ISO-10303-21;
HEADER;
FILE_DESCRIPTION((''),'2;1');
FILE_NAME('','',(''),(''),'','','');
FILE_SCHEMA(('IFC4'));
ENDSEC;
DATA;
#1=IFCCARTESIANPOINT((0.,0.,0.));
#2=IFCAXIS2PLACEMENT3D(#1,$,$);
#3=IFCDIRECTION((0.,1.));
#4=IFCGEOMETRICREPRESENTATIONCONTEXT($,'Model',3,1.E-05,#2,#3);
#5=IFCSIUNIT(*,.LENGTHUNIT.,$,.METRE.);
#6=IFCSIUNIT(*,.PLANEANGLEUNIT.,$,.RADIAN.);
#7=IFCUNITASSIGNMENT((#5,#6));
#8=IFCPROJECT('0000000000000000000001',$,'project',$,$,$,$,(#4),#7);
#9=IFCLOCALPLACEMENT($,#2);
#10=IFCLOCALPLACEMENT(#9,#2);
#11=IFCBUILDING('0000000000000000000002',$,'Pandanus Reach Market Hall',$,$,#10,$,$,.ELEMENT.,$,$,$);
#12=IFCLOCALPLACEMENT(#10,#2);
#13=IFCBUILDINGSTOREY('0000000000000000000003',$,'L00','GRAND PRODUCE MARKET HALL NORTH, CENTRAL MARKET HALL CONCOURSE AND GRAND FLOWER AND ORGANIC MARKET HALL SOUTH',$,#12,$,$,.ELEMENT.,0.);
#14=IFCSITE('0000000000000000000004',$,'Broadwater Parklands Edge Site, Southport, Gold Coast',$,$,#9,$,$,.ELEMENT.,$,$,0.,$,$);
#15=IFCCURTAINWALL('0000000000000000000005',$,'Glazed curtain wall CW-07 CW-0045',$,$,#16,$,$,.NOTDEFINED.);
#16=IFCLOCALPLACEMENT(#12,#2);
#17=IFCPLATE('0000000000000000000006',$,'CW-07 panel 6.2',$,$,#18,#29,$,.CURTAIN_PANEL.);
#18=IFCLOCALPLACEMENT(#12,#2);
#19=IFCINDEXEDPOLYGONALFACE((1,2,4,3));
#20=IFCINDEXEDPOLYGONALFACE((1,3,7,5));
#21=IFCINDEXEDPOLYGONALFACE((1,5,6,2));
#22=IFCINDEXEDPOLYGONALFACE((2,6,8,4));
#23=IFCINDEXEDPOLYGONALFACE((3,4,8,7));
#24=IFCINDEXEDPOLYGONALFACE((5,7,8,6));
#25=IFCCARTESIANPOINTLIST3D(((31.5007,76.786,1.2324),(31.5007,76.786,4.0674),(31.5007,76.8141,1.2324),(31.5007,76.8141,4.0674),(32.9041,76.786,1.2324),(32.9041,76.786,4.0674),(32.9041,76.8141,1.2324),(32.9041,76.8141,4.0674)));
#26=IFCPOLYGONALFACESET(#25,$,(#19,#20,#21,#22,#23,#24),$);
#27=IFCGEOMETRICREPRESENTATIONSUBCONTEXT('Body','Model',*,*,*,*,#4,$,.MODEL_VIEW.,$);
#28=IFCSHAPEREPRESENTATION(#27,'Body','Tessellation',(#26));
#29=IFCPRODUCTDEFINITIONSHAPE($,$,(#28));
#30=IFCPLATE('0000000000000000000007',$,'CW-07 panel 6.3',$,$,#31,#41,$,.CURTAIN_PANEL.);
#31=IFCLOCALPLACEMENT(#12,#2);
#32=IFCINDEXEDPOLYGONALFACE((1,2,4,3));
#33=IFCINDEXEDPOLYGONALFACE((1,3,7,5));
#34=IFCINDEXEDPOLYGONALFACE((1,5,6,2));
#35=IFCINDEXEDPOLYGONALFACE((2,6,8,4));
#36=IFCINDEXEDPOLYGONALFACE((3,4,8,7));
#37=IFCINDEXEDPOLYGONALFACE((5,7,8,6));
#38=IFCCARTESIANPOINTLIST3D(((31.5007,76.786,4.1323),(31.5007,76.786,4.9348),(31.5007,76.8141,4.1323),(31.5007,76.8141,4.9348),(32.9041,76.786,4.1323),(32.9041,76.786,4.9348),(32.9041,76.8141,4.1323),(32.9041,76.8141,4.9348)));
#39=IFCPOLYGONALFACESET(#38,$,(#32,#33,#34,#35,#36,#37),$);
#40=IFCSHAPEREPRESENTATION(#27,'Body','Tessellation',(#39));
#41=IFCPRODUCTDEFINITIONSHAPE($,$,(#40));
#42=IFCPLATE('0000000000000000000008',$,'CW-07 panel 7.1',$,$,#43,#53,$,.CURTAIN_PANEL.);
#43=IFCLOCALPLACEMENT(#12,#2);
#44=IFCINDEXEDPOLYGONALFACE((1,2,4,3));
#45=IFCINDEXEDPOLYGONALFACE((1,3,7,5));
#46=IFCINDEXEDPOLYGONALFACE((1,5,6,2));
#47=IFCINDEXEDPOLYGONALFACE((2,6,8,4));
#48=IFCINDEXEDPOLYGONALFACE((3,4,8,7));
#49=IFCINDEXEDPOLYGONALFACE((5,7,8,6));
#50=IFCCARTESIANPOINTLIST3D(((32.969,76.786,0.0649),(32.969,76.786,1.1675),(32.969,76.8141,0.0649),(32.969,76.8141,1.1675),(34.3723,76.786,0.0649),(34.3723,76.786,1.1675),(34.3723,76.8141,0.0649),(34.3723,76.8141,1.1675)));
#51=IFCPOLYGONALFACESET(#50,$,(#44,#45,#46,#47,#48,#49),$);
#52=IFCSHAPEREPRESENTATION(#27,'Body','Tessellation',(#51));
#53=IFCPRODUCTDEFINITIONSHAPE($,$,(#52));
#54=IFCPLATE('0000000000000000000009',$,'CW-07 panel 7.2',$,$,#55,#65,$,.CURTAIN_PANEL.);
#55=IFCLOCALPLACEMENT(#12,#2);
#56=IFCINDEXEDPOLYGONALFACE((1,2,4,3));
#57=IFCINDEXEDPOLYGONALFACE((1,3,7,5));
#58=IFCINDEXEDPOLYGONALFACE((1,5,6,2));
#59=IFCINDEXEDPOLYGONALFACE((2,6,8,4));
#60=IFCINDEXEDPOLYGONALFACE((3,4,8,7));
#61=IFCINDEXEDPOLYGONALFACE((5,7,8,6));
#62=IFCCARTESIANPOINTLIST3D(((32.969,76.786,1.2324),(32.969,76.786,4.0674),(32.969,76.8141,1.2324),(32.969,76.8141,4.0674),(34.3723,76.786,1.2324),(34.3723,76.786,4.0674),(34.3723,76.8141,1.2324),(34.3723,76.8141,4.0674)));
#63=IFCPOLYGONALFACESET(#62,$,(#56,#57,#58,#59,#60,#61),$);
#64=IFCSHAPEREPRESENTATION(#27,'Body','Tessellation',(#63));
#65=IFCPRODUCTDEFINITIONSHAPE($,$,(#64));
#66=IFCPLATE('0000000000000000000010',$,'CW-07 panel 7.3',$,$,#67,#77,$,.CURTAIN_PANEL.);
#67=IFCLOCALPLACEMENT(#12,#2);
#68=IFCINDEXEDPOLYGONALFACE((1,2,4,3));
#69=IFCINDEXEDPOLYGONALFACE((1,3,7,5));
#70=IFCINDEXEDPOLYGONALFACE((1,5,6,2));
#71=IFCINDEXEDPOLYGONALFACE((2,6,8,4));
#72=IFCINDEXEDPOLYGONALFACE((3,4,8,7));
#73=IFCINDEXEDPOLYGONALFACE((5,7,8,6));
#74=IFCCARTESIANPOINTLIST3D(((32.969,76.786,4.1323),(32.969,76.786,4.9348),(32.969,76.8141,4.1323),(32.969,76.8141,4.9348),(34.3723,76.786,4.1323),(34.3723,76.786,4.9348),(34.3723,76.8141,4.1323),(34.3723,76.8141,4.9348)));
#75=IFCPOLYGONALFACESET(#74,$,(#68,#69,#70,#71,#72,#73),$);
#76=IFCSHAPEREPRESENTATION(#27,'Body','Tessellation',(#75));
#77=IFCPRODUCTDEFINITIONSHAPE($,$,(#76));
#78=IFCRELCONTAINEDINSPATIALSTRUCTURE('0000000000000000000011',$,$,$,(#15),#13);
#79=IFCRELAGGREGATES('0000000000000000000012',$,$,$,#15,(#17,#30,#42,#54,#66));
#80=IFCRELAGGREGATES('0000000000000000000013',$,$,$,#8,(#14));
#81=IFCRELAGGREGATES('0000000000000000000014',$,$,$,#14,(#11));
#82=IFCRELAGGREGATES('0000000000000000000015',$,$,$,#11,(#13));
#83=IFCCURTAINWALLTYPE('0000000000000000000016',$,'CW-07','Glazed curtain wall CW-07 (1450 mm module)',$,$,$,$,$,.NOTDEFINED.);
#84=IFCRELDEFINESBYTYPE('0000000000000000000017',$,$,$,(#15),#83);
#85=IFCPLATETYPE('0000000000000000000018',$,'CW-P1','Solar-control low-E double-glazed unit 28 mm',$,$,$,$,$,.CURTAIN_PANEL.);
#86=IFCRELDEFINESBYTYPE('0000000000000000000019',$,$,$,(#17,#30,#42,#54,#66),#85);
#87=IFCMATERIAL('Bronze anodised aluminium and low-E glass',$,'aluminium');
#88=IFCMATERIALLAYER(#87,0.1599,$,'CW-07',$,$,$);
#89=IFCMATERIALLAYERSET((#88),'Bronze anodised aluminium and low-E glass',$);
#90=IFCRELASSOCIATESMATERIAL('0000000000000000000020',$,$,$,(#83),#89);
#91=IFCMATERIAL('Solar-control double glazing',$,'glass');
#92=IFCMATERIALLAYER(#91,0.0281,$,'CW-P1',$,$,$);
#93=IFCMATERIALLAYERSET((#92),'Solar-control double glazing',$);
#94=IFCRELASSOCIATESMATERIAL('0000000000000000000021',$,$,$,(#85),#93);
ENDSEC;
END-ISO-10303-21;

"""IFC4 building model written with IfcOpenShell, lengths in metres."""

from ifc_helpers import new_model, si_unit, direction, frame, origin, origin_2d, place, context, subcontext, project, spatial, rectangle, extrude, material, layer, layer_set, type_object, element, aggregate, save


model = new_model("IFC4")

# Units and contexts
model_context = context("Model", 3, precision=1e-05, world=origin(), true_north=direction((0.0, 1.0)))
body_context = subcontext(model_context, "Body", "Model", "MODEL_VIEW")
ifc_project = project(units=[si_unit("LENGTHUNIT", "METRE"), si_unit("PLANEANGLEUNIT", "RADIAN")], contexts=[model_context])

# Site, building, storey
site_placement = place(None, origin())
site = spatial("IfcSite", under=ifc_project, at=site_placement, Name="Broadwater Parklands Edge Site, Southport, Gold Coast", CompositionType="ELEMENT", RefElevation=0.0)
building_placement = place(site_placement, origin())
building = spatial("IfcBuilding", under=site, at=building_placement, Name="Pandanus Reach Market Hall", CompositionType="ELEMENT")
storey_placement = place(building_placement, origin())
storey = spatial("IfcBuildingStorey", under=building, at=storey_placement, Name="L00", Description="GRAND PRODUCE MARKET HALL NORTH, CENTRAL MARKET HALL CONCOURSE AND GRAND FLOWER AND ORGANIC MARKET HALL SOUTH", CompositionType="ELEMENT", Elevation=0.0)

# Curtain wall
ifc_material_1 = material(Name="Bronze anodised aluminium and low-E glass", Category="aluminium")
ifc_layer_1 = layer(ifc_material_1, 0.1599, Name="CW-07")
ifc_layer_set_1 = layer_set([ifc_layer_1], Name="Bronze anodised aluminium and low-E glass")
curtain_wall_type = type_object("IfcCurtainWallType", Name="CW-07", Description="Glazed curtain wall CW-07 (1450 mm module)", PredefinedType="NOTDEFINED", material=ifc_layer_set_1)
curtain_wall_placement = place(storey_placement, origin())
curtain_wall = element("IfcCurtainWall", 1, at=curtain_wall_placement, inside=storey, type_object=curtain_wall_type, Name="Glazed curtain wall CW-07 CW-0045", PredefinedType="NOTDEFINED")

# Plates
ifc_material_2 = material(Name="Solar-control double glazing", Category="glass")
ifc_layer_2 = layer(ifc_material_2, 0.0281, Name="CW-P1")
ifc_layer_set_2 = layer_set([ifc_layer_2], Name="Solar-control double glazing")
plate_type = type_object("IfcPlateType", Name="CW-P1", Description="Solar-control low-E double-glazed unit 28 mm", PredefinedType="CURTAIN_PANEL", material=ifc_layer_set_2)
plate_1_placement = place(storey_placement, frame((32.2024, 76.8, 1.2324), z_axis=(0.0, 0.0, 1.0), x_axis=(1.0, 0.0, 0.0)))
plate_1 = element("IfcPlate", 2, at=plate_1_placement, type_object=plate_type, Name="CW-07 panel 6.2", PredefinedType="CURTAIN_PANEL", context=body_context, shape_type="SweptSolid", body=[
    extrude(rectangle(XDim=1.4033, YDim=0.0281, at=origin_2d()), origin(), (0.0, 0.0, 1.0), 2.835),
])
plate_2_placement = place(storey_placement, frame((32.2024, 76.8, 4.1323), z_axis=(0.0, 0.0, 1.0), x_axis=(1.0, 0.0, 0.0)))
plate_2 = element("IfcPlate", 3, at=plate_2_placement, type_object=plate_type, Name="CW-07 panel 6.3", PredefinedType="CURTAIN_PANEL", context=body_context, shape_type="SweptSolid", body=[
    extrude(rectangle(XDim=1.4033, YDim=0.0281, at=origin_2d()), origin(), (0.0, 0.0, 1.0), 0.8025),
])
plate_3_placement = place(storey_placement, frame((33.6707, 76.8, 0.0649), z_axis=(0.0, 0.0, 1.0), x_axis=(1.0, 0.0, 0.0)))
plate_3 = element("IfcPlate", 4, at=plate_3_placement, type_object=plate_type, Name="CW-07 panel 7.1", PredefinedType="CURTAIN_PANEL", context=body_context, shape_type="SweptSolid", body=[
    extrude(rectangle(XDim=1.4033, YDim=0.0281, at=origin_2d()), origin(), (0.0, 0.0, 1.0), 1.1025),
])
plate_4_placement = place(storey_placement, frame((33.6707, 76.8, 1.2324), z_axis=(0.0, 0.0, 1.0), x_axis=(1.0, 0.0, 0.0)))
plate_4 = element("IfcPlate", 5, at=plate_4_placement, type_object=plate_type, Name="CW-07 panel 7.2", PredefinedType="CURTAIN_PANEL", context=body_context, shape_type="SweptSolid", body=[
    extrude(rectangle(XDim=1.4033, YDim=0.0281, at=origin_2d()), origin(), (0.0, 0.0, 1.0), 2.835),
])
plate_5_placement = place(storey_placement, frame((33.6707, 76.8, 4.1323), z_axis=(0.0, 0.0, 1.0), x_axis=(1.0, 0.0, 0.0)))
plate_5 = element("IfcPlate", 6, at=plate_5_placement, type_object=plate_type, Name="CW-07 panel 7.3", PredefinedType="CURTAIN_PANEL", context=body_context, shape_type="SweptSolid", body=[
    extrude(rectangle(XDim=1.4033, YDim=0.0281, at=origin_2d()), origin(), (0.0, 0.0, 1.0), 0.8025),
])
aggregate(curtain_wall, [plate_1, plate_2, plate_3, plate_4, plate_5])

save(model, "model.ifc")
